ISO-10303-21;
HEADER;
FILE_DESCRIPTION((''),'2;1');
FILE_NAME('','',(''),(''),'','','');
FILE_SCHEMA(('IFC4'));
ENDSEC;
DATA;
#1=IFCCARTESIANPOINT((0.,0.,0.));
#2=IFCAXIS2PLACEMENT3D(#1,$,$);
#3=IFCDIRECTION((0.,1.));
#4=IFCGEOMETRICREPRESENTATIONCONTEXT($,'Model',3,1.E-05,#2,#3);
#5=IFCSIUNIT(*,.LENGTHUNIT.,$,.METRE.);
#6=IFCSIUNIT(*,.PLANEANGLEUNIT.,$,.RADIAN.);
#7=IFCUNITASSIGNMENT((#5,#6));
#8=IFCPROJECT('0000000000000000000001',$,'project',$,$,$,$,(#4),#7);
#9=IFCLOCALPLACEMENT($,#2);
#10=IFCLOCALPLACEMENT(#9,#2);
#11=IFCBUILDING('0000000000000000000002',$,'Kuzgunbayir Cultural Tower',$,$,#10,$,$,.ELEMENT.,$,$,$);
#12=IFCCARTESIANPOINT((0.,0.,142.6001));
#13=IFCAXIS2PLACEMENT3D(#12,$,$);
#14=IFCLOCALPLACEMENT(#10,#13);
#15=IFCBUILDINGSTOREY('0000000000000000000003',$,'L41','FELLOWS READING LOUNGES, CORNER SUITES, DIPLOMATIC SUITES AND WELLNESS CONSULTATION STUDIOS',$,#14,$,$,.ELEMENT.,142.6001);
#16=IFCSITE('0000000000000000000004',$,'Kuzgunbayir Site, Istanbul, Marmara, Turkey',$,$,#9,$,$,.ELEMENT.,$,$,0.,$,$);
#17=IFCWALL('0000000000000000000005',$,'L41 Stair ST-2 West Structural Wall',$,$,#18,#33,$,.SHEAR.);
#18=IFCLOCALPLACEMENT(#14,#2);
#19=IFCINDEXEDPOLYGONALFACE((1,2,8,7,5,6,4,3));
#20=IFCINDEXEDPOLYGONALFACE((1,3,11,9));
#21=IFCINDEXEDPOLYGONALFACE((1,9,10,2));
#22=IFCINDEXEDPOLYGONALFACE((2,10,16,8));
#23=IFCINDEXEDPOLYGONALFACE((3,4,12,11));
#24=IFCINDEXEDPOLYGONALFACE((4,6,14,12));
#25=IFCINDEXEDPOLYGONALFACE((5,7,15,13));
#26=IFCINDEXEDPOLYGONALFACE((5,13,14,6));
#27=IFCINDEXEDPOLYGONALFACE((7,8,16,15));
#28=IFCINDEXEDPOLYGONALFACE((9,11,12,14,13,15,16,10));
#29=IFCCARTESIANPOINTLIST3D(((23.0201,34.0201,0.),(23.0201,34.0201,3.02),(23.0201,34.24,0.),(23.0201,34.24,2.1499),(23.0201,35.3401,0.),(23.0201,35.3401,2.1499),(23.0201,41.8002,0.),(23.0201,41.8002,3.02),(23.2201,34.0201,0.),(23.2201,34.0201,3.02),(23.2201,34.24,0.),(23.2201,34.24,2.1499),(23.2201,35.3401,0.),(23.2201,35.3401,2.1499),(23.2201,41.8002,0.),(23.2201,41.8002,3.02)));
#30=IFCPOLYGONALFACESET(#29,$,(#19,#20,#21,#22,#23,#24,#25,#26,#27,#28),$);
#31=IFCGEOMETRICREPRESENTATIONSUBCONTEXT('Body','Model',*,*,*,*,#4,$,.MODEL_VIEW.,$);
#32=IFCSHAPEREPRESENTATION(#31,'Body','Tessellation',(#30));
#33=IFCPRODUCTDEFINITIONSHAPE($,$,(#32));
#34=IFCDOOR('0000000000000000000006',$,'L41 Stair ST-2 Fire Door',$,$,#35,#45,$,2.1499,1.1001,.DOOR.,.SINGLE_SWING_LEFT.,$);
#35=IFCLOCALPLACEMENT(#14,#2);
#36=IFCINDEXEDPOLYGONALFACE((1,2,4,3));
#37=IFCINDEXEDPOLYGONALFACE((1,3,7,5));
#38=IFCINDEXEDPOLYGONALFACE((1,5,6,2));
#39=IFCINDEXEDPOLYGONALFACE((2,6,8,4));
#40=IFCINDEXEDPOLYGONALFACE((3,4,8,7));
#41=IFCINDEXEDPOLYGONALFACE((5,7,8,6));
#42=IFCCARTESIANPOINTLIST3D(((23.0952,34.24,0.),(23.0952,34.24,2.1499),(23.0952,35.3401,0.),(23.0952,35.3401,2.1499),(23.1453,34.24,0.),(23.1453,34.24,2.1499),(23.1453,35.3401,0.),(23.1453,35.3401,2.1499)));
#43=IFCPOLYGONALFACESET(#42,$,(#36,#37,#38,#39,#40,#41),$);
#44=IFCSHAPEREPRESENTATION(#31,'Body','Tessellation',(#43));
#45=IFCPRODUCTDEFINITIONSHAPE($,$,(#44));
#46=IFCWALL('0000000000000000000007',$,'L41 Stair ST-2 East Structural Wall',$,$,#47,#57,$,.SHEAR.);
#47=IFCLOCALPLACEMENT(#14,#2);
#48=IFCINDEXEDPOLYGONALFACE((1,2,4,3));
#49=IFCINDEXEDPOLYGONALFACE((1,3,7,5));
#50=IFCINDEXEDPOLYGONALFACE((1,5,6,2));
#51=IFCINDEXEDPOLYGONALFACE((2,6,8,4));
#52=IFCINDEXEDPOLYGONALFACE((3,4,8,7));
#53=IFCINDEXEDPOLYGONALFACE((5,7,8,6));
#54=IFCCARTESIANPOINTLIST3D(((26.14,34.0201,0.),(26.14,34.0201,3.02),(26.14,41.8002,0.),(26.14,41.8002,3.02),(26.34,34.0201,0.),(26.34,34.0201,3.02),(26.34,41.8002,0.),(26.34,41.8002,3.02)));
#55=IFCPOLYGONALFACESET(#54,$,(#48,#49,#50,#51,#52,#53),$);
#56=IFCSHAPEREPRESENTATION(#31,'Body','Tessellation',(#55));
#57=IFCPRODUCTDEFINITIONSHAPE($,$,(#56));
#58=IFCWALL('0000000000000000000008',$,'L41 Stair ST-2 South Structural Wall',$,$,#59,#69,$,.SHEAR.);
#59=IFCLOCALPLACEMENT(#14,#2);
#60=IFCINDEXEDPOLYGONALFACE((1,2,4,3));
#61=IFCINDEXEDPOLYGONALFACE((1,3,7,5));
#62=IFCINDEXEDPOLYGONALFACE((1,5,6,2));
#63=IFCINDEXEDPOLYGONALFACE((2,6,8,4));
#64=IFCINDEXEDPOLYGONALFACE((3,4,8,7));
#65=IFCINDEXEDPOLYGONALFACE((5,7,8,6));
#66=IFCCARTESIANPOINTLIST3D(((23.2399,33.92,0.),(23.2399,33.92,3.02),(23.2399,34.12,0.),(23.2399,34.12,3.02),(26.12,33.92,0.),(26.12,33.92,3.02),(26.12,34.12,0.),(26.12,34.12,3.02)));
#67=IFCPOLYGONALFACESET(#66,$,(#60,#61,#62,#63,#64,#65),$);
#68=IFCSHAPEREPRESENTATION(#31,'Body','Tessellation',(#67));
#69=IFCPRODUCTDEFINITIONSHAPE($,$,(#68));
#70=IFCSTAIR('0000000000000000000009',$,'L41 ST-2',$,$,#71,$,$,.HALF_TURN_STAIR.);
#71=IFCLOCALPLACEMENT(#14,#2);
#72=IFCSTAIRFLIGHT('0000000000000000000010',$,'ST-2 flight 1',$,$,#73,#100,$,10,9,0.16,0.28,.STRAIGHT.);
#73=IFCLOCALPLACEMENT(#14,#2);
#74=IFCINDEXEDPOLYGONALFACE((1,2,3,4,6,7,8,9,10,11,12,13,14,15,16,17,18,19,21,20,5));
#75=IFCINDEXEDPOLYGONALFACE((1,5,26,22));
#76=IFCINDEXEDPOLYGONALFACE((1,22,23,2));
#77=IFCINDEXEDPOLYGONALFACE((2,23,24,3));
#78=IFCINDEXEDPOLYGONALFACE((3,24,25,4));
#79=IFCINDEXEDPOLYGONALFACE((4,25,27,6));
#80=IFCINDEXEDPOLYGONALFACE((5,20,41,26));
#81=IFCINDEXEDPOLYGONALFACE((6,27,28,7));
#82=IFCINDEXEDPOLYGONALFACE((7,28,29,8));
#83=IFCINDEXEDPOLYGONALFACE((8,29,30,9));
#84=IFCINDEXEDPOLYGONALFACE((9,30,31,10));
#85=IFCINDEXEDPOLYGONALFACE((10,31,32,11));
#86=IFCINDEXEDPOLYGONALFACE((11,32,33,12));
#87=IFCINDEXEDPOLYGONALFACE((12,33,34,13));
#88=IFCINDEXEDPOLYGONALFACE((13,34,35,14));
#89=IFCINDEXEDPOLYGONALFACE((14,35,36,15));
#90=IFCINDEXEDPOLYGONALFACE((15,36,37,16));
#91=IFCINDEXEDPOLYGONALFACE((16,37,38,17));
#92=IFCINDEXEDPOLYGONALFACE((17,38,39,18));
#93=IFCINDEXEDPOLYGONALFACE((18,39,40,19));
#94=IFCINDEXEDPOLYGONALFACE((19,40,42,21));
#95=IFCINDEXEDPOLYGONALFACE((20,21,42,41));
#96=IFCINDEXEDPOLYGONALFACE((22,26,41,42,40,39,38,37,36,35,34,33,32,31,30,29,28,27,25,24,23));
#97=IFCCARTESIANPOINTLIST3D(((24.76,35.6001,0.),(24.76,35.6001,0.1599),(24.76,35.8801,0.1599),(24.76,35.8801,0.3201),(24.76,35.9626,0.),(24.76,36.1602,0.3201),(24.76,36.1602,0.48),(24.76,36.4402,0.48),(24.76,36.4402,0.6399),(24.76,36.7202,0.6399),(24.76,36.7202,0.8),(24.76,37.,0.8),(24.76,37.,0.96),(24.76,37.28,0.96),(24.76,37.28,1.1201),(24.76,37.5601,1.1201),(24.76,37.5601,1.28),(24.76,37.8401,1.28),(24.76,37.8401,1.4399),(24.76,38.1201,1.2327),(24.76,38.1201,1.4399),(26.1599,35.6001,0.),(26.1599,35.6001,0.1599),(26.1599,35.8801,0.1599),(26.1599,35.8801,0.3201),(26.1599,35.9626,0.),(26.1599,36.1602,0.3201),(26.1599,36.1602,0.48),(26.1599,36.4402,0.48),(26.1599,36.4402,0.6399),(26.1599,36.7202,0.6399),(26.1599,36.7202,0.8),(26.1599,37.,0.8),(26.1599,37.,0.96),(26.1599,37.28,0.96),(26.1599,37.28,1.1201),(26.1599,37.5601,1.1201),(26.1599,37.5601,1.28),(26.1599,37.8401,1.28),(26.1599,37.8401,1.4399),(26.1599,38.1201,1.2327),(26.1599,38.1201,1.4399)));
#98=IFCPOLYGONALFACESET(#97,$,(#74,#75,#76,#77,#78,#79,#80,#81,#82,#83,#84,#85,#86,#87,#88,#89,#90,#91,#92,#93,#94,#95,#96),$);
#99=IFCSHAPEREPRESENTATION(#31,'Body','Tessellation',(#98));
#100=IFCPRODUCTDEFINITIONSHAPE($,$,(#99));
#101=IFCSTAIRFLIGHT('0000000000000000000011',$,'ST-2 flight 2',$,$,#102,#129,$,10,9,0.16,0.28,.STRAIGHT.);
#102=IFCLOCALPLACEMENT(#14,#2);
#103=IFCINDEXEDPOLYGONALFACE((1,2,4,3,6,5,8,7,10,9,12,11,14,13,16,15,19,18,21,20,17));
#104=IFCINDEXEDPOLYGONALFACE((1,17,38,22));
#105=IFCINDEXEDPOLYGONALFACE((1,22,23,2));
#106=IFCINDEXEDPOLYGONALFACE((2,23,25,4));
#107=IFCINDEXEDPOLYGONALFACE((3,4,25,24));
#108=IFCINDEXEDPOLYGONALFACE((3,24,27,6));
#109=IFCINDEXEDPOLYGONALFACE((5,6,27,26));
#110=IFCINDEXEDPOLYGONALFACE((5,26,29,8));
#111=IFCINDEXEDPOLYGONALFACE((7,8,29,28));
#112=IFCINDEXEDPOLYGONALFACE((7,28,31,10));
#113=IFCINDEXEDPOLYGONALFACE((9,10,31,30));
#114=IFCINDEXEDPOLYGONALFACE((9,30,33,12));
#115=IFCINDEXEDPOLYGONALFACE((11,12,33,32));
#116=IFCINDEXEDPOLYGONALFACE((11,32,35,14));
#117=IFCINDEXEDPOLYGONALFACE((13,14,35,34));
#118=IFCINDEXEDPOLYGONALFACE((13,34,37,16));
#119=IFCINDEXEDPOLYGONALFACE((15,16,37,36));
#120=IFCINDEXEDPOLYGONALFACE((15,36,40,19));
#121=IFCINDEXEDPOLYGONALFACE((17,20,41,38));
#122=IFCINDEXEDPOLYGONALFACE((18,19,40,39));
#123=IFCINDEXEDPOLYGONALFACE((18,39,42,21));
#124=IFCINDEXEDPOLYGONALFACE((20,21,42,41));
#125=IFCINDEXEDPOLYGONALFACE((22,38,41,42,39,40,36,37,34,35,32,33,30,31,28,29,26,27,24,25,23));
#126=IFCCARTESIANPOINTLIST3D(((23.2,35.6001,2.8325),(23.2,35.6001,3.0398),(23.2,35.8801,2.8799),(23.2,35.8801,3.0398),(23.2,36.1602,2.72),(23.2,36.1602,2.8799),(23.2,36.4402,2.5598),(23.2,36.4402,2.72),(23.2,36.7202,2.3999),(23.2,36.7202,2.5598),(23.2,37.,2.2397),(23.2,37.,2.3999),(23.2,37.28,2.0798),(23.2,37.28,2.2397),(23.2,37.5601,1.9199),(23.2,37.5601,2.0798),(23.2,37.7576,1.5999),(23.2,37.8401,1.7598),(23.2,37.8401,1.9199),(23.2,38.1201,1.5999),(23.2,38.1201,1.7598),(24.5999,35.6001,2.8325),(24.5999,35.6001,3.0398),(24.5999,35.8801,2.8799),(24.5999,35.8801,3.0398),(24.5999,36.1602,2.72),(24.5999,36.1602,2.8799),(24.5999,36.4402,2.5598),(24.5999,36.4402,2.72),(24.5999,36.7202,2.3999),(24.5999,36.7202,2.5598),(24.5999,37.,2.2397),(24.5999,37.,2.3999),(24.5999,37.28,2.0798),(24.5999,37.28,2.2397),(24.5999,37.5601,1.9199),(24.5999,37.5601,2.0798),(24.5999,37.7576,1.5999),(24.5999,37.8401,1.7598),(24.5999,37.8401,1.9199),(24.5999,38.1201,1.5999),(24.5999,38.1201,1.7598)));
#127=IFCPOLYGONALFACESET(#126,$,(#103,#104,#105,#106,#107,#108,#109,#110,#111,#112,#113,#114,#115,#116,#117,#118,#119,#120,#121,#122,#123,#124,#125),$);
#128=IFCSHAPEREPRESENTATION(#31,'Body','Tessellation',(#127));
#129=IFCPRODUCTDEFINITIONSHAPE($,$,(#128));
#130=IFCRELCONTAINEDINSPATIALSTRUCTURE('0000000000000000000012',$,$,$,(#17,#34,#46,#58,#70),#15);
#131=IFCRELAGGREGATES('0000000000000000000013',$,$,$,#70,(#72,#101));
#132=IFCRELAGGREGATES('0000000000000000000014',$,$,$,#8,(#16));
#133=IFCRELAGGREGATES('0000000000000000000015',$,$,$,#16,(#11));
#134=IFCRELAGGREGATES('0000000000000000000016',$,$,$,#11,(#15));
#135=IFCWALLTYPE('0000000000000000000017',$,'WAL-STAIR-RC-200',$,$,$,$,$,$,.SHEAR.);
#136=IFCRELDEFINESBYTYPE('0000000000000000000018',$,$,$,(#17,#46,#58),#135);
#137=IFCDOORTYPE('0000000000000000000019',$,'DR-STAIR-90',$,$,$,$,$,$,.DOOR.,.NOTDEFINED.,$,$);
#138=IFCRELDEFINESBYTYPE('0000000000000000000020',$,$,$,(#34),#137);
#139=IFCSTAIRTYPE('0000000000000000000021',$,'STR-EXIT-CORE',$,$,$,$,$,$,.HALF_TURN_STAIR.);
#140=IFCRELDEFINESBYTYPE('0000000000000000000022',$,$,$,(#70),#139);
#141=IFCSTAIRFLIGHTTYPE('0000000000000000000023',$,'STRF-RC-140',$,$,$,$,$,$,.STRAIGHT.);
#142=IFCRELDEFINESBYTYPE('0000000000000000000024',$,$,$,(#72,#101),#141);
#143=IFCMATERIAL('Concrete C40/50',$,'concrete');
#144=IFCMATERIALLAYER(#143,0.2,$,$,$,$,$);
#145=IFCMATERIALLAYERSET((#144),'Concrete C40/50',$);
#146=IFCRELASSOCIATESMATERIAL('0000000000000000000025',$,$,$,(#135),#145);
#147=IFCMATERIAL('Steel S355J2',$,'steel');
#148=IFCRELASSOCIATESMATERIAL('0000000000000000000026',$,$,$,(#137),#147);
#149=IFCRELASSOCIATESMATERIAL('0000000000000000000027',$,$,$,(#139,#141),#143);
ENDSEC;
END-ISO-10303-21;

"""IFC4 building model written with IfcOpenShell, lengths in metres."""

from ifc_helpers import new_model, si_unit, direction, frame, frame_2d, origin, place, context, subcontext, project, spatial, polyline, rectangle, outline, extrude, material, layer, layer_set, type_object, element, fill, aggregate, save


model = new_model("IFC4")

# Units and contexts
model_context = context("Model", 3, precision=1e-05, world=origin(), true_north=direction((0.0, 1.0)))
body_context = subcontext(model_context, "Body", "Model", "MODEL_VIEW")
ifc_project = project(units=[si_unit("LENGTHUNIT", "METRE"), si_unit("PLANEANGLEUNIT", "RADIAN")], contexts=[model_context])

# Site, building, storey
site_placement = place(None, origin())
site = spatial("IfcSite", under=ifc_project, at=site_placement, Name="Kuzgunbayir Site, Istanbul, Marmara, Turkey", CompositionType="ELEMENT", RefElevation=0.0)
building_placement = place(site_placement, origin())
building = spatial("IfcBuilding", under=site, at=building_placement, Name="Kuzgunbayir Cultural Tower", CompositionType="ELEMENT")
storey_placement = place(building_placement, frame((0.0, 0.0, 142.6001)))
storey = spatial("IfcBuildingStorey", under=building, at=storey_placement, Name="L41", Description="FELLOWS READING LOUNGES, CORNER SUITES, DIPLOMATIC SUITES AND WELLNESS CONSULTATION STUDIOS", CompositionType="ELEMENT", Elevation=142.6001)

# Shared definitions
ifc_material_1 = material(Name="Steel S355J2", Category="steel")

# Shared definitions
ifc_material_2 = material(Name="Concrete C40/50", Category="concrete")

# Wall, opening, door
ifc_layer_1 = layer(ifc_material_2, 0.2)
ifc_layer_set_1 = layer_set([ifc_layer_1], Name="Concrete C40/50")
wall_type_1 = type_object("IfcWallType", Name="WAL-STAIR-RC-200", PredefinedType="SHEAR", material=ifc_layer_set_1)
wall_1_placement = place(storey_placement, frame((23.1201, 34.02, 0.0), z_axis=(0.0, 0.0, 1.0), x_axis=(0.0, 1.0, 0.0)))
wall_1 = element("IfcWall", 1, at=wall_1_placement, inside=storey, type_object=wall_type_1, Name="L41 Stair ST-2 West Structural Wall", PredefinedType="SHEAR", context=body_context, shape_type="SweptSolid", body=[
    extrude(rectangle(XDim=7.78, YDim=0.2, at=frame_2d((3.8901, 0.0))), origin(), (0.0, 0.0, 1.0), 3.02),
])
opening_1_placement = place(wall_1_placement, frame((0.22, 0.0, 0.0)))
opening_1 = element("IfcOpeningElement", 2, at=opening_1_placement, cuts=wall_1, PredefinedType="OPENING", context=body_context, shape_type="SweptSolid", body=[
    extrude(rectangle(XDim=1.1001, YDim=2.1499, at=frame_2d((0.55, 1.075))), frame((0.0, 0.1099, 0.0), z_axis=(0.0, -1.0, 0.0), x_axis=(1.0, 0.0, 0.0)), (0.0, 0.0, 1.0), 0.22),
])
door_type_1 = type_object("IfcDoorType", Name="DR-STAIR-90", OperationType="NOTDEFINED", PredefinedType="DOOR", material=ifc_material_1)
door_1_placement = place(opening_1_placement, origin())
door_1 = element("IfcDoor", 3, at=door_1_placement, inside=storey, type_object=door_type_1, Name="L41 Stair ST-2 Fire Door", OperationType="SINGLE_SWING_LEFT", OverallHeight=2.1499, OverallWidth=1.1001, PredefinedType="DOOR", context=body_context, shape_type="SweptSolid", body=[
    extrude(rectangle(XDim=1.1001, YDim=2.1499, at=frame_2d((0.55, 1.075))), frame((0.0, 0.0249, 0.0), z_axis=(0.0, -1.0, 0.0), x_axis=(1.0, 0.0, 0.0)), (0.0, 0.0, 1.0), 0.05),
])
fill(opening_1, door_1)

# Walls
wall_2_placement = place(storey_placement, frame((26.24, 34.02, 0.0), z_axis=(0.0, 0.0, 1.0), x_axis=(0.0, 1.0, 0.0)))
element("IfcWall", 4, at=wall_2_placement, inside=storey, type_object=wall_type_1, Name="L41 Stair ST-2 East Structural Wall", PredefinedType="SHEAR", context=body_context, shape_type="SweptSolid", body=[
    extrude(rectangle(XDim=7.78, YDim=0.2, at=frame_2d((3.8901, 0.0))), origin(), (0.0, 0.0, 1.0), 3.02),
])
wall_3_placement = place(storey_placement, frame((23.24, 34.02, 0.0), z_axis=(0.0, 0.0, 1.0), x_axis=(1.0, 0.0, 0.0)))
element("IfcWall", 5, at=wall_3_placement, inside=storey, type_object=wall_type_1, Name="L41 Stair ST-2 South Structural Wall", PredefinedType="SHEAR", context=body_context, shape_type="SweptSolid", body=[
    extrude(rectangle(XDim=2.8801, YDim=0.2, at=frame_2d((1.4399, 0.0))), origin(), (0.0, 0.0, 1.0), 3.02),
])

# Stair, stair flights
stair_type = type_object("IfcStairType", Name="STR-EXIT-CORE", PredefinedType="HALF_TURN_STAIR", material=ifc_material_2)
stair_placement = place(storey_placement, origin())
stair = element("IfcStair", 6, at=stair_placement, inside=storey, type_object=stair_type, Name="L41 ST-2", PredefinedType="HALF_TURN_STAIR")
stair_flight_type = type_object("IfcStairFlightType", Name="STRF-RC-140", PredefinedType="STRAIGHT", material=ifc_material_2)
stair_flight_1_placement = place(storey_placement, frame((25.46, 35.6001, 0.0), z_axis=(0.0, 0.0, 1.0), x_axis=(0.0, 1.0, 0.0)))
stair_flight_1 = element("IfcStairFlight", 7, at=stair_flight_1_placement, type_object=stair_flight_type, Name="ST-2 flight 1", NumberOfRisers=10, NumberOfTreads=9, PredefinedType="STRAIGHT", RiserHeight=0.16, TreadLength=0.28, context=body_context, shape_type="SweptSolid", body=[
    extrude(outline(polyline([(0.0, 0.0), (0.0, 0.1599), (0.28, 0.1599), (0.28, 0.3201), (0.5601, 0.3201), (0.5601, 0.48), (0.8401, 0.48), (0.8401, 0.6399), (1.1201, 0.6399), (1.1201, 0.8), (1.3999, 0.8), (1.3999, 0.96), (1.6799, 0.96), (1.6799, 1.1201), (1.96, 1.1201), (1.96, 1.28), (2.24, 1.28), (2.24, 1.4399), (2.52, 1.4399), (2.52, 1.6001), (2.52, 1.2327), (0.3625, 0.0), (0.0, 0.0)])), frame((0.0, 0.7, 0.0), z_axis=(0.0, -1.0, 0.0), x_axis=(1.0, 0.0, 0.0)), (0.0, 0.0, 1.0), 1.3999),
])
stair_flight_2_placement = place(storey_placement, frame((23.8999, 38.1201, 1.5999), z_axis=(0.0, 0.0, 1.0), x_axis=(0.0, -1.0, 0.0)))
stair_flight_2 = element("IfcStairFlight", 8, at=stair_flight_2_placement, type_object=stair_flight_type, Name="ST-2 flight 2", NumberOfRisers=10, NumberOfTreads=9, PredefinedType="STRAIGHT", RiserHeight=0.16, TreadLength=0.28, context=body_context, shape_type="SweptSolid", body=[
    extrude(outline(polyline([(0.0, 0.0), (0.0, 0.1599), (0.28, 0.1599), (0.28, 0.3201), (0.5601, 0.3201), (0.5601, 0.48), (0.8401, 0.48), (0.8401, 0.6399), (1.1201, 0.6399), (1.1201, 0.8), (1.3999, 0.8), (1.3999, 0.96), (1.6799, 0.96), (1.6799, 1.1201), (1.96, 1.1201), (1.96, 1.28), (2.24, 1.28), (2.24, 1.4399), (2.52, 1.4399), (2.52, 1.6001), (2.52, 1.2327), (0.3625, 0.0), (0.0, 0.0)])), frame((0.0, 0.7, 0.0), z_axis=(0.0, -1.0, 0.0), x_axis=(1.0, 0.0, 0.0)), (0.0, 0.0, 1.0), 1.3999),
])
aggregate(stair, [stair_flight_1, stair_flight_2])

save(model, "model.ifc")
